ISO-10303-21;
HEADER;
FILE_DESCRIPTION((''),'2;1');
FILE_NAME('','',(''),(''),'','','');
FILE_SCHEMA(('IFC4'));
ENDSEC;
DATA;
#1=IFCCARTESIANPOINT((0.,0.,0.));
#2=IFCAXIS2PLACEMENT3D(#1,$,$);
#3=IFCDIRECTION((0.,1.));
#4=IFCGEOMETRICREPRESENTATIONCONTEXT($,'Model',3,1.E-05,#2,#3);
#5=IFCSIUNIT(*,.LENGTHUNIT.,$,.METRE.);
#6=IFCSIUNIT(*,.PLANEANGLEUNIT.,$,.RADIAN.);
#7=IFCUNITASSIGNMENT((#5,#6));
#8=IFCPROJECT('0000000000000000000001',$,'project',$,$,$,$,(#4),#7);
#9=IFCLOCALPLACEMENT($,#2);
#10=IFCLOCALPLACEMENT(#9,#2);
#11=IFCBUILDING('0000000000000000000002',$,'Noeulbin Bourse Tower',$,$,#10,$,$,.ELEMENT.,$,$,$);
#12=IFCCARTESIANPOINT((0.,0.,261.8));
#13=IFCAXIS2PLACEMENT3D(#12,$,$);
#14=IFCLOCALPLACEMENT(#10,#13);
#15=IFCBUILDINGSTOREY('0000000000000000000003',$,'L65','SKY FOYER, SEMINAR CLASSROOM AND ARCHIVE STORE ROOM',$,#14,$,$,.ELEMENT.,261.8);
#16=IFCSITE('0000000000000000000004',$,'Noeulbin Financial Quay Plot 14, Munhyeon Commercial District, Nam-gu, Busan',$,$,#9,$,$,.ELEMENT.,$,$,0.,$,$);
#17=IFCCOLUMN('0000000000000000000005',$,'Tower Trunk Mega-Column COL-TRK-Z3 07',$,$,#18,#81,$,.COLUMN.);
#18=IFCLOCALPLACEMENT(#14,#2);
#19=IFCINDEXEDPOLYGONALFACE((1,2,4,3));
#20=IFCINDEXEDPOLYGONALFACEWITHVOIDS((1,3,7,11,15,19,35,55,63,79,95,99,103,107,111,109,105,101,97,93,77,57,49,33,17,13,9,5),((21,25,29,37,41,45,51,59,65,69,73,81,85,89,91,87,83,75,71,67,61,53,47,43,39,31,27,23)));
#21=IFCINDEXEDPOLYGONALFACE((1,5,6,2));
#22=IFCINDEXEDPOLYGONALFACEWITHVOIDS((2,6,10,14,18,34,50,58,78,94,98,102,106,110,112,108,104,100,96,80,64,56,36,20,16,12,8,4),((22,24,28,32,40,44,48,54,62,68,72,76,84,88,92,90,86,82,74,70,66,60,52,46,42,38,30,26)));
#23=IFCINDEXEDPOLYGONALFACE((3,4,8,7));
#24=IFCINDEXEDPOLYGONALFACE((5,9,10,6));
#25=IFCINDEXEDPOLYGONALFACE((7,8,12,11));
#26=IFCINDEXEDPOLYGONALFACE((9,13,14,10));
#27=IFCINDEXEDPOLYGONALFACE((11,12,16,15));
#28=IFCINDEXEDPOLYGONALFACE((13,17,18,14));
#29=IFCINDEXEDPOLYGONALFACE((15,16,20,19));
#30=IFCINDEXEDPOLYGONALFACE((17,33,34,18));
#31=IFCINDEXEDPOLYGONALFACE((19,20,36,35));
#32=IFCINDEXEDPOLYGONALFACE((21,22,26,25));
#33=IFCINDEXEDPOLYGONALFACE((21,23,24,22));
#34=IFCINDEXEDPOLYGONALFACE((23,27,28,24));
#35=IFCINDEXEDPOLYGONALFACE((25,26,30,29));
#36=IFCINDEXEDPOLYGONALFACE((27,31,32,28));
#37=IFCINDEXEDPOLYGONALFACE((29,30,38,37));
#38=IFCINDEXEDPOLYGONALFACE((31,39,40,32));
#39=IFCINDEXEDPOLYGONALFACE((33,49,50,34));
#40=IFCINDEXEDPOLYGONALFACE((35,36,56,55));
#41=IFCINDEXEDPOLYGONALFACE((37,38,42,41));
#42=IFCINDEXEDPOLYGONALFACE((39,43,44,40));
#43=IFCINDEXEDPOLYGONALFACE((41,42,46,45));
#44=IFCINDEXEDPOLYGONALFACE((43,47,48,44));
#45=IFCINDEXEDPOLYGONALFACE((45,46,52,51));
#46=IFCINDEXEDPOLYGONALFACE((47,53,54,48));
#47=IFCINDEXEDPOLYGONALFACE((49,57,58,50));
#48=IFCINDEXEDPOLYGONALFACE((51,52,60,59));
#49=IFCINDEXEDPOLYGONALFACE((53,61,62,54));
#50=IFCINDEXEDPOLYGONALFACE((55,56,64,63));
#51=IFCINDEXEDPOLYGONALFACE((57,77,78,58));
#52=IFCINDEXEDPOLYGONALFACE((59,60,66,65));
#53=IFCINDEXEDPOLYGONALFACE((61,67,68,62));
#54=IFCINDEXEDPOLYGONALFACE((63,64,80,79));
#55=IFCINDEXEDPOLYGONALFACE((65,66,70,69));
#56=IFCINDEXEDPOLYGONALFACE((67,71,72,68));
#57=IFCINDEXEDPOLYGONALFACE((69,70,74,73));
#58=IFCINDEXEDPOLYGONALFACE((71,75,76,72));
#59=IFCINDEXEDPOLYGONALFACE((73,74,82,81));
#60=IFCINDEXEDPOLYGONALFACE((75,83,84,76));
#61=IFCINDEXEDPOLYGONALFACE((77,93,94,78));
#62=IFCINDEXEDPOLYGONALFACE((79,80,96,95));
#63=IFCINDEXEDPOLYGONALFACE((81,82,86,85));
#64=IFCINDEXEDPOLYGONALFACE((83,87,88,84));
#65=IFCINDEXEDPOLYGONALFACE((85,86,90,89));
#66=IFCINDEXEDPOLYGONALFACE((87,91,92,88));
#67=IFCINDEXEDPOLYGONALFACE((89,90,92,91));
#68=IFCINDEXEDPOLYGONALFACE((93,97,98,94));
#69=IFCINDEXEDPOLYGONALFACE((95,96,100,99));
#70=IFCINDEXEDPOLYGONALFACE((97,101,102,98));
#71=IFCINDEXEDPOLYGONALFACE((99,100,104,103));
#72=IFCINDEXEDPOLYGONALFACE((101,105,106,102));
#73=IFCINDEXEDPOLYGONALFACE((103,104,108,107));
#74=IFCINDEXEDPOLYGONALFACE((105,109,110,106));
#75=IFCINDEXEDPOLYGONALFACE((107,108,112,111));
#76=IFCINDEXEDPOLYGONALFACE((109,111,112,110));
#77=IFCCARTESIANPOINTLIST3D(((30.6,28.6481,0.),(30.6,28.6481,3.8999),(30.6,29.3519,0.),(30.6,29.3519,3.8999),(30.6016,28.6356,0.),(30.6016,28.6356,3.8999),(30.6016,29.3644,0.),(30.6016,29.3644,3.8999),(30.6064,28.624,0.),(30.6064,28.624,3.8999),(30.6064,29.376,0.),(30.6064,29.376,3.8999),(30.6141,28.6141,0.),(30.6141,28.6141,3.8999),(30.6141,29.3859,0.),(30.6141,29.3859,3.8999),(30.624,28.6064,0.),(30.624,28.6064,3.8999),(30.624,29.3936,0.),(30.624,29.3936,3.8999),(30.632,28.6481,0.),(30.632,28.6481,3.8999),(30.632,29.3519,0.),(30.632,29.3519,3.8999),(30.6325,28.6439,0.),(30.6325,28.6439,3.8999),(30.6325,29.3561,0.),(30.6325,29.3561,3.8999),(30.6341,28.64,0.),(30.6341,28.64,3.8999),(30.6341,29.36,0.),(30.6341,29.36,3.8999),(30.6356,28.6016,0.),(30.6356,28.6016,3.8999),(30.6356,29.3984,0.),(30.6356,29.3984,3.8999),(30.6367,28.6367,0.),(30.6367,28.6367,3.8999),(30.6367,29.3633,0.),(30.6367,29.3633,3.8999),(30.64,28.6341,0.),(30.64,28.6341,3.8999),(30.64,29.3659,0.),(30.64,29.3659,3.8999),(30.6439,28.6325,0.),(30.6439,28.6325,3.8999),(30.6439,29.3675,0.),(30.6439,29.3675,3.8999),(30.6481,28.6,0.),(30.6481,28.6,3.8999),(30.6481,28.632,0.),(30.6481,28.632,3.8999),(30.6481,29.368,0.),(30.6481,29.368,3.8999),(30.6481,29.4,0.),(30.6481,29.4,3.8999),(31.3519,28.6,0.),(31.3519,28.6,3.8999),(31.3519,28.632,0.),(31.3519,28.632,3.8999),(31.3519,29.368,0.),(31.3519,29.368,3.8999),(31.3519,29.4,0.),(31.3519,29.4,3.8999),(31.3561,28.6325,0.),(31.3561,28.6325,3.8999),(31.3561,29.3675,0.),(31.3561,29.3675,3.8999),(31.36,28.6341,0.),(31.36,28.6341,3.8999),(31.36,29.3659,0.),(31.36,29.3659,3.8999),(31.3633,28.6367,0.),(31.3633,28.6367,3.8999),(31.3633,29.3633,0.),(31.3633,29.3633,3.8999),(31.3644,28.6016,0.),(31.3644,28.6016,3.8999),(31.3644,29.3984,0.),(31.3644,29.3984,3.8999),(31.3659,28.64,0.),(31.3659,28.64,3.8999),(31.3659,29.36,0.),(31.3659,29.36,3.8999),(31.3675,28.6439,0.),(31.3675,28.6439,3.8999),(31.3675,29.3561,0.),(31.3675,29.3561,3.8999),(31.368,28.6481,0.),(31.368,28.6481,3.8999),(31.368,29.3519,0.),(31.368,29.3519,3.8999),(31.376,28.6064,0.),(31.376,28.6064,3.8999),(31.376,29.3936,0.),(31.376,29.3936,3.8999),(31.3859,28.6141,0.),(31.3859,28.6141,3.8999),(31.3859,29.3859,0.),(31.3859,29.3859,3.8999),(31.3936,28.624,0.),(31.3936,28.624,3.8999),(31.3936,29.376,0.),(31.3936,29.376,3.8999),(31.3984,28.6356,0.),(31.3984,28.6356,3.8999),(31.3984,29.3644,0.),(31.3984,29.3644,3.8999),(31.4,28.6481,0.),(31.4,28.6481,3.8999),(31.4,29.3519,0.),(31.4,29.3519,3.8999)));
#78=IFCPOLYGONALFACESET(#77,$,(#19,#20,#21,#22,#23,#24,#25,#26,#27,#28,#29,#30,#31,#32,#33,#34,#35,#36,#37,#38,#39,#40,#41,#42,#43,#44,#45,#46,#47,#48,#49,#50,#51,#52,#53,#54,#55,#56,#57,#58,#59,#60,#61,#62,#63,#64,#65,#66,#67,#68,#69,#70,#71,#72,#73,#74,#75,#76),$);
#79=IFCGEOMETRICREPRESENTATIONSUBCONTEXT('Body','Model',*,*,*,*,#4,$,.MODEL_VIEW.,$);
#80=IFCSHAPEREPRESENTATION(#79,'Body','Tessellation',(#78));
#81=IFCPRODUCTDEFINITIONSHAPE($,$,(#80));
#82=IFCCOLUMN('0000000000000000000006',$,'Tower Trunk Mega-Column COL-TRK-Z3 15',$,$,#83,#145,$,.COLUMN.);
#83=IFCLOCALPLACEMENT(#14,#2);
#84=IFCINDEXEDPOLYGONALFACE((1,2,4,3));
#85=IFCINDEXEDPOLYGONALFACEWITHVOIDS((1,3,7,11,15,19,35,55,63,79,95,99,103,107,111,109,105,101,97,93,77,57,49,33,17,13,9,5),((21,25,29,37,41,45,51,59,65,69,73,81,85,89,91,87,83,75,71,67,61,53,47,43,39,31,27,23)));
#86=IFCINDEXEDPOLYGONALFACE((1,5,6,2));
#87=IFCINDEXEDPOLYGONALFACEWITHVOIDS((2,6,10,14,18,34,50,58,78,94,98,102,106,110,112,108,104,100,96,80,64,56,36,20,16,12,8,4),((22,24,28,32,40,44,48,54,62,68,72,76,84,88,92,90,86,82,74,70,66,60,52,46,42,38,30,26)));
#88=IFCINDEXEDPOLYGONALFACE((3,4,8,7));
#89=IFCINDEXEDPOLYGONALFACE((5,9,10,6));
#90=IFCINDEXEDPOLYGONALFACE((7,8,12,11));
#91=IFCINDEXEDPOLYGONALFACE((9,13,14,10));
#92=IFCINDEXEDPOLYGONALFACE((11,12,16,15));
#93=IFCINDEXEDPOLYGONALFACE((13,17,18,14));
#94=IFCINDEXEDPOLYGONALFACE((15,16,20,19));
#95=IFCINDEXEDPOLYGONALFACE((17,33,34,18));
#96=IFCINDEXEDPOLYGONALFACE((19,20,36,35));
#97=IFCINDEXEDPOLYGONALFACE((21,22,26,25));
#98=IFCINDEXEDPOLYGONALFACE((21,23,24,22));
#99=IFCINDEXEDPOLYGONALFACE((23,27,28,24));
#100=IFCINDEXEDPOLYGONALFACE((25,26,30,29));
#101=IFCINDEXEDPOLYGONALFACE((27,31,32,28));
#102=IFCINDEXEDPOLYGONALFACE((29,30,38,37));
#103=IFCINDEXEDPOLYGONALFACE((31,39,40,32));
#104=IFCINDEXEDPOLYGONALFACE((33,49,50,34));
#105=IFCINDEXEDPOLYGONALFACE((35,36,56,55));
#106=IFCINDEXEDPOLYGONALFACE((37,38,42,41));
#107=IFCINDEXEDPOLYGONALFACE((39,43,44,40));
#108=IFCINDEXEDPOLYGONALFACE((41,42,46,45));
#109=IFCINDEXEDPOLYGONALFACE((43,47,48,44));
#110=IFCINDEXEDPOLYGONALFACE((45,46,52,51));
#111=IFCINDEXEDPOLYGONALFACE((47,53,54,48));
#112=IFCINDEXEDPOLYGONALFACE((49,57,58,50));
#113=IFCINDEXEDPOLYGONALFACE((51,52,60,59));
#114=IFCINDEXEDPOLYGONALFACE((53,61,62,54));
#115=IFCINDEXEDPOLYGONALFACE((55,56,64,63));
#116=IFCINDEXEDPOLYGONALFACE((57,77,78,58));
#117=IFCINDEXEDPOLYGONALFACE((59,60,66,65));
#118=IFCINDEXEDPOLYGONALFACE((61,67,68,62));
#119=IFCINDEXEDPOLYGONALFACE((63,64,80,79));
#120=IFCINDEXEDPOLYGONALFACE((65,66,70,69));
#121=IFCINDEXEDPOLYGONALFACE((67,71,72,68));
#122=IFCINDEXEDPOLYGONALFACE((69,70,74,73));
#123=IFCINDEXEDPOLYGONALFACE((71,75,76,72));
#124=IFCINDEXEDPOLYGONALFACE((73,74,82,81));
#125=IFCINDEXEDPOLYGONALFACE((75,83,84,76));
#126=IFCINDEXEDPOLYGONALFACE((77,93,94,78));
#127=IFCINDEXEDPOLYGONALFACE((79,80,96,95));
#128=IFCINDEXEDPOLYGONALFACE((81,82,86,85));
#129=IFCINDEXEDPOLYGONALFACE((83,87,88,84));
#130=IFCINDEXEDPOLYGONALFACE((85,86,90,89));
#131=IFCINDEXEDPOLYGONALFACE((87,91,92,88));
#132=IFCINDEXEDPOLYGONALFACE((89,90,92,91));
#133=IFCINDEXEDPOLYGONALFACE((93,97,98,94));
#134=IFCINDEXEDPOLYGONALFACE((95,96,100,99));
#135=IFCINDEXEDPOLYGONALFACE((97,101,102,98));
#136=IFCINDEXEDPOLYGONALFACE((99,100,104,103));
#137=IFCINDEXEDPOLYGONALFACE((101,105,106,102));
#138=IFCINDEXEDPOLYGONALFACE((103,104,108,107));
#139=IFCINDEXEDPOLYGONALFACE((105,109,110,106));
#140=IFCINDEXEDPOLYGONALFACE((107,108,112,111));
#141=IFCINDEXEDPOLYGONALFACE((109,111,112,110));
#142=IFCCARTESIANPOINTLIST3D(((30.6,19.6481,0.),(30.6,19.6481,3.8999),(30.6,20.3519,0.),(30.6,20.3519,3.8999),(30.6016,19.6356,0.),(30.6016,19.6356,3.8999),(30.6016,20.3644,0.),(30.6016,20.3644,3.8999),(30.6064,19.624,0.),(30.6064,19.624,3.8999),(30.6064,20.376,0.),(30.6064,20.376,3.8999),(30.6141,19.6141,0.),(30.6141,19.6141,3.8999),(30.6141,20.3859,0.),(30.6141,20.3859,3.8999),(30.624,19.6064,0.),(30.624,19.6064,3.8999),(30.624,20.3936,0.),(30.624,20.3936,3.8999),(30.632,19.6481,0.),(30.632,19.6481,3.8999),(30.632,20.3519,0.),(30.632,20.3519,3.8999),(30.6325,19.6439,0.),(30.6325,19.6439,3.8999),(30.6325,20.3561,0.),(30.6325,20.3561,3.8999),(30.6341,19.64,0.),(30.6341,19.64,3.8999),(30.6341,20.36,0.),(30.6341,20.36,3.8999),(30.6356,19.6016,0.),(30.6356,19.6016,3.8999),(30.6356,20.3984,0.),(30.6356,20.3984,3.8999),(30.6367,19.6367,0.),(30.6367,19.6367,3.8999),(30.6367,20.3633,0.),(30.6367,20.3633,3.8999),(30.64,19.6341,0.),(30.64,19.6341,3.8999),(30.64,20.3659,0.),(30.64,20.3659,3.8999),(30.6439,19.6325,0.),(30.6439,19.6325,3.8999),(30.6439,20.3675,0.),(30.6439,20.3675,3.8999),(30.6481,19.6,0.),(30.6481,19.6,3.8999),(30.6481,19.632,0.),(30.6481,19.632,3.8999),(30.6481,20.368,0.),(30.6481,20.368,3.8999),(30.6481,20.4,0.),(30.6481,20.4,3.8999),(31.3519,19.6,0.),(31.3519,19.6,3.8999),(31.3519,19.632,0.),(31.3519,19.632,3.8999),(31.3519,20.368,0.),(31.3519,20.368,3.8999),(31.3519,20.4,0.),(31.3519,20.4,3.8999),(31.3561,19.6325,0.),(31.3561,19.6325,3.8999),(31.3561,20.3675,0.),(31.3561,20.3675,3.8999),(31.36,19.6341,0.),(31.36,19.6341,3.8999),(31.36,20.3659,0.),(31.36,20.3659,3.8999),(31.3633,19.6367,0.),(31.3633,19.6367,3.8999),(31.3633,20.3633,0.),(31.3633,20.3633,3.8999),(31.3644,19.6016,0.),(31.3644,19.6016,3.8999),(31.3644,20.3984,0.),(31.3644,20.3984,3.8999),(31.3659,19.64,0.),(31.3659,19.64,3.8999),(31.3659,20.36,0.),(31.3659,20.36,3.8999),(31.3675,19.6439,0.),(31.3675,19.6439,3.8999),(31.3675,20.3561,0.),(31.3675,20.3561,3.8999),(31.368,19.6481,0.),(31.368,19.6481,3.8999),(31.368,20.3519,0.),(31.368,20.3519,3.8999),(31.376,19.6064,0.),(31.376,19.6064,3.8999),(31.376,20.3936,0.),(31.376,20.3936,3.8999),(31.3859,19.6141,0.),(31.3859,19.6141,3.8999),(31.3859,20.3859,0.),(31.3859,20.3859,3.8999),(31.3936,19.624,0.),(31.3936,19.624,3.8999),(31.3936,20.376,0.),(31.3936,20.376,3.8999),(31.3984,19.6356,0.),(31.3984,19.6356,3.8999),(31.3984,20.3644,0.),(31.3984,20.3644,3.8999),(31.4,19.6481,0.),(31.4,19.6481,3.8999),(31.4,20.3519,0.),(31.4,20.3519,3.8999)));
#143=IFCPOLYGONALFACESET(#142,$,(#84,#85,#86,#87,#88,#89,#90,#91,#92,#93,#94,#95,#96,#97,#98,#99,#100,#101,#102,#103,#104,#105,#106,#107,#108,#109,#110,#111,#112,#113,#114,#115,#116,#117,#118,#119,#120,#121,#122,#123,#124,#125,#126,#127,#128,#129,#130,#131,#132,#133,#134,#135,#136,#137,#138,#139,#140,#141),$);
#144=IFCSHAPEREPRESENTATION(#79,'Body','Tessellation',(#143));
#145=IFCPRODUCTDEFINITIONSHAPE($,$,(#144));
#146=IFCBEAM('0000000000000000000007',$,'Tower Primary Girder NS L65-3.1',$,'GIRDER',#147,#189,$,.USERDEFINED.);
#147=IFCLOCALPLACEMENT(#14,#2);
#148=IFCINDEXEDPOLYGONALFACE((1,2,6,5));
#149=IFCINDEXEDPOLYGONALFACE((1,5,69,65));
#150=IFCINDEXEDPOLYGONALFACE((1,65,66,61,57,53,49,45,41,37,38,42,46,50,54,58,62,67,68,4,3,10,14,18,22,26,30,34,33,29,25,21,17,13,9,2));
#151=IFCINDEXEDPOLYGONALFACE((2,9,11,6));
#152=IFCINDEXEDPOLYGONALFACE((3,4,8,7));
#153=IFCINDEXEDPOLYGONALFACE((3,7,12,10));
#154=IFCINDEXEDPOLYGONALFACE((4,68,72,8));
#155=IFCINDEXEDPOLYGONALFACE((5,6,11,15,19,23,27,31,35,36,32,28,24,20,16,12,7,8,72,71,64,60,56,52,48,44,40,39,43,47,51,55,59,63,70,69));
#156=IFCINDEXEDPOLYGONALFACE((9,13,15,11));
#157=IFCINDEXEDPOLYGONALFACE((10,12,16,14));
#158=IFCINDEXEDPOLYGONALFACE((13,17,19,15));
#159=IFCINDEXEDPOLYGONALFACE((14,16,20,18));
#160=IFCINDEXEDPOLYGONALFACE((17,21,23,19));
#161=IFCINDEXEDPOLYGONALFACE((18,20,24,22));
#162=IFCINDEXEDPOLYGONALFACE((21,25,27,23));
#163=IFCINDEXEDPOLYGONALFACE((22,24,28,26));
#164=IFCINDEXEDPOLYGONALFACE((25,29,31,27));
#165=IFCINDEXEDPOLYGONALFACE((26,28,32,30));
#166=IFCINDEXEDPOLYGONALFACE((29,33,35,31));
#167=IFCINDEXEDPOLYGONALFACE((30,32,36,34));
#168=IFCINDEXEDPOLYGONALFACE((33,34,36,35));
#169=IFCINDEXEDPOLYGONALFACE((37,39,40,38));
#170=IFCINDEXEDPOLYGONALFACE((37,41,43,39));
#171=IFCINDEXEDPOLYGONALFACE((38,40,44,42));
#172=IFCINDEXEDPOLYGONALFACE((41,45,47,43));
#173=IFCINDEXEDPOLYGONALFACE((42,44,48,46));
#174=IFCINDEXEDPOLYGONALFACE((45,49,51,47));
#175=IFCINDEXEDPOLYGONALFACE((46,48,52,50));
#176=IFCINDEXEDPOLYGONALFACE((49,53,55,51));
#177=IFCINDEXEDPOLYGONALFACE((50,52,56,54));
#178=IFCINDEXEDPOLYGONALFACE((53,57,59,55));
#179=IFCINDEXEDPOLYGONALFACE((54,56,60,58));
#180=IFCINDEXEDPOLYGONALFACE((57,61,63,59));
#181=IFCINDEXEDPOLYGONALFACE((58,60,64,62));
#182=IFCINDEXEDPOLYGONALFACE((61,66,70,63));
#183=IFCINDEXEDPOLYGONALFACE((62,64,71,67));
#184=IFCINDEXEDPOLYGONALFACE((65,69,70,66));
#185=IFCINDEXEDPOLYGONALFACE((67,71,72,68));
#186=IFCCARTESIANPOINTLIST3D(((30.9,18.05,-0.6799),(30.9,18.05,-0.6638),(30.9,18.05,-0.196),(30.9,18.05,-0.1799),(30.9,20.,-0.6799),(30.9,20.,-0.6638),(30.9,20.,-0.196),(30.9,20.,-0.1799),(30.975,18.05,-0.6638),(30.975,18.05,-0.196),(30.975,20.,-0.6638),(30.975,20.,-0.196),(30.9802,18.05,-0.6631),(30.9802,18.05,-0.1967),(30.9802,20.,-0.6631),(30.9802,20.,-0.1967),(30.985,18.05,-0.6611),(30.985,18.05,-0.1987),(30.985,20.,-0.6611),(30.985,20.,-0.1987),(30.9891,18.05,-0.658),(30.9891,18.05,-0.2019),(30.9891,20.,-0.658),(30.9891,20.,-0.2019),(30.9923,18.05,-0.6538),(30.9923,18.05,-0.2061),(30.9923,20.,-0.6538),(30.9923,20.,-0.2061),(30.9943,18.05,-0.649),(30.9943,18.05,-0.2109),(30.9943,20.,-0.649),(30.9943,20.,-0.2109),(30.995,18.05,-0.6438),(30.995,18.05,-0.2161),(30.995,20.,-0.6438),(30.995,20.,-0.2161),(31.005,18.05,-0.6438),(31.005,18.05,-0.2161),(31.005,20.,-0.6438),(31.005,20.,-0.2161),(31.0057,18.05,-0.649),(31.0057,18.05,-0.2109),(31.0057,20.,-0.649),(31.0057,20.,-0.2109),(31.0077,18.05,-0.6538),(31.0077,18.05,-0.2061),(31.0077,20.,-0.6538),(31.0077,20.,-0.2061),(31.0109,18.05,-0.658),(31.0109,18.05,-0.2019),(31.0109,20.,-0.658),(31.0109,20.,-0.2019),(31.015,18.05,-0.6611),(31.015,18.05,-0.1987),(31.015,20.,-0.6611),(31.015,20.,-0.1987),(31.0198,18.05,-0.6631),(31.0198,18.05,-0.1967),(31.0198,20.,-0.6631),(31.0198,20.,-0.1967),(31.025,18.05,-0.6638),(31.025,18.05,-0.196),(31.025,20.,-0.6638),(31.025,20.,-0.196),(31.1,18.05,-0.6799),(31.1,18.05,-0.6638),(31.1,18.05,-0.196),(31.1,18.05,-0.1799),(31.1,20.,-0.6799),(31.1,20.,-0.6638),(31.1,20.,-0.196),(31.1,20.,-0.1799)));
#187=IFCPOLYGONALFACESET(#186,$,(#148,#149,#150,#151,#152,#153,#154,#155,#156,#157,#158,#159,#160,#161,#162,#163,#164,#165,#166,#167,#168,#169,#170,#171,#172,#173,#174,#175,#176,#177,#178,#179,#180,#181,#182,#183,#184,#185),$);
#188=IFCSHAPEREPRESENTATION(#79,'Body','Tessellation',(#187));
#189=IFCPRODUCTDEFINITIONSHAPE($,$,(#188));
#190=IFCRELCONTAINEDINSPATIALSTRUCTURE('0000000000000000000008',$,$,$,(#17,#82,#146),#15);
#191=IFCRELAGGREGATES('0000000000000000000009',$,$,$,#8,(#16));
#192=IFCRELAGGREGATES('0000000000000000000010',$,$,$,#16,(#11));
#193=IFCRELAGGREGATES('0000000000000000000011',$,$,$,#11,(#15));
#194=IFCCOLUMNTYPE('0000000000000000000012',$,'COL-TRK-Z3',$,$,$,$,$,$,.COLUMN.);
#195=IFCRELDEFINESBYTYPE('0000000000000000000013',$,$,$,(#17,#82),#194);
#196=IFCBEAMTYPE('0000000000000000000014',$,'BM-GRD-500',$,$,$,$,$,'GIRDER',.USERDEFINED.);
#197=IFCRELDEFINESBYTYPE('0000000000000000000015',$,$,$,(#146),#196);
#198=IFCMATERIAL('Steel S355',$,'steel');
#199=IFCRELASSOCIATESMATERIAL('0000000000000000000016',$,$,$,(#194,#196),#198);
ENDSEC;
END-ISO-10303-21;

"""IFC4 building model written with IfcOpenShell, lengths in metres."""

from ifc_helpers import new_model, si_unit, direction, frame, origin, origin_2d, place, context, subcontext, project, spatial, hollow_rectangle, i_section, extrude, material, material_profile, profile_set, type_object, element, save


model = new_model("IFC4")

# Units and contexts
model_context = context("Model", 3, precision=1e-05, world=origin(), true_north=direction((0.0, 1.0)))
body_context = subcontext(model_context, "Body", "Model", "MODEL_VIEW")
ifc_project = project(units=[si_unit("LENGTHUNIT", "METRE"), si_unit("PLANEANGLEUNIT", "RADIAN")], contexts=[model_context])

# Site, building, storey
site_placement = place(None, origin())
site = spatial("IfcSite", under=ifc_project, at=site_placement, Name="Noeulbin Financial Quay Plot 14, Munhyeon Commercial District, Nam-gu, Busan", CompositionType="ELEMENT", RefElevation=0.0)
building_placement = place(site_placement, origin())
building = spatial("IfcBuilding", under=site, at=building_placement, Name="Noeulbin Bourse Tower", CompositionType="ELEMENT")
storey_placement = place(building_placement, frame((0.0, 0.0, 261.8)))
storey = spatial("IfcBuildingStorey", under=building, at=storey_placement, Name="L65", Description="SKY FOYER, SEMINAR CLASSROOM AND ARCHIVE STORE ROOM", CompositionType="ELEMENT", Elevation=261.8)

# Columns
ifc_material_1 = material(Name="Steel S355", Category="steel")
ifc_material_profile_1 = material_profile(ifc_material_1, hollow_rectangle(XDim=0.8, YDim=0.8, WallThickness=0.032, InnerFilletRadius=0.0161, OuterFilletRadius=0.0481, at=origin_2d()), Name="BOX-800x800x32", Category="LoadBearing")
ifc_profile_set_1 = profile_set([ifc_material_profile_1], Name="Steel S355")
column_type = type_object("IfcColumnType", Name="COL-TRK-Z3", PredefinedType="COLUMN", material=ifc_profile_set_1)
for number, where, z_axis, x_axis, name in (
    (1, (31.0, 29.0, 0.0), (0.0, 0.0, 1.0), (1.0, 0.0, 0.0), "Tower Trunk Mega-Column COL-TRK-Z3 07"),
    (2, (31.0, 20.0, 0.0), (0.0, 0.0, 1.0), (1.0, 0.0, 0.0), "Tower Trunk Mega-Column COL-TRK-Z3 15"),
):
    element("IfcColumn", number, at=place(storey_placement, frame(where, z_axis=z_axis, x_axis=x_axis)), inside=storey, type_object=column_type, Name=name, PredefinedType="COLUMN", context=body_context, shape_type="SweptSolid", body=[
        extrude(hollow_rectangle(XDim=0.8, YDim=0.8, WallThickness=0.032, InnerFilletRadius=0.0161, OuterFilletRadius=0.0481, at=origin_2d()), origin(), (0.0, 0.0, 1.0), 3.8999),
    ])

# Beam
ifc_material_profile_2 = material_profile(ifc_material_1, i_section(OverallWidth=0.2, OverallDepth=0.5, WebThickness=0.01, FlangeThickness=0.0161, FilletRadius=0.02, at=origin_2d()), Name="H-500x200x10x16", Category="LoadBearing")
ifc_profile_set_2 = profile_set([ifc_material_profile_2], Name="Steel S355")
beam_type_1 = type_object("IfcBeamType", Name="BM-GRD-500", ElementType="GIRDER", PredefinedType="USERDEFINED", material=ifc_profile_set_2)
beam_1_placement = place(storey_placement, frame((31.0, 18.05, -0.4299), z_axis=(0.0, 1.0, 0.0), x_axis=(-1.0, 0.0, 0.0)))
element("IfcBeam", 3, at=beam_1_placement, inside=storey, type_object=beam_type_1, Name="Tower Primary Girder NS L65-3.1", ObjectType="GIRDER", PredefinedType="USERDEFINED", context=body_context, shape_type="SweptSolid", body=[
    extrude(i_section(OverallWidth=0.2, OverallDepth=0.5, WebThickness=0.01, FlangeThickness=0.0161, FilletRadius=0.02, at=origin_2d()), origin(), (0.0, 0.0, 1.0), 1.95),
])

save(model, "model.ifc")
